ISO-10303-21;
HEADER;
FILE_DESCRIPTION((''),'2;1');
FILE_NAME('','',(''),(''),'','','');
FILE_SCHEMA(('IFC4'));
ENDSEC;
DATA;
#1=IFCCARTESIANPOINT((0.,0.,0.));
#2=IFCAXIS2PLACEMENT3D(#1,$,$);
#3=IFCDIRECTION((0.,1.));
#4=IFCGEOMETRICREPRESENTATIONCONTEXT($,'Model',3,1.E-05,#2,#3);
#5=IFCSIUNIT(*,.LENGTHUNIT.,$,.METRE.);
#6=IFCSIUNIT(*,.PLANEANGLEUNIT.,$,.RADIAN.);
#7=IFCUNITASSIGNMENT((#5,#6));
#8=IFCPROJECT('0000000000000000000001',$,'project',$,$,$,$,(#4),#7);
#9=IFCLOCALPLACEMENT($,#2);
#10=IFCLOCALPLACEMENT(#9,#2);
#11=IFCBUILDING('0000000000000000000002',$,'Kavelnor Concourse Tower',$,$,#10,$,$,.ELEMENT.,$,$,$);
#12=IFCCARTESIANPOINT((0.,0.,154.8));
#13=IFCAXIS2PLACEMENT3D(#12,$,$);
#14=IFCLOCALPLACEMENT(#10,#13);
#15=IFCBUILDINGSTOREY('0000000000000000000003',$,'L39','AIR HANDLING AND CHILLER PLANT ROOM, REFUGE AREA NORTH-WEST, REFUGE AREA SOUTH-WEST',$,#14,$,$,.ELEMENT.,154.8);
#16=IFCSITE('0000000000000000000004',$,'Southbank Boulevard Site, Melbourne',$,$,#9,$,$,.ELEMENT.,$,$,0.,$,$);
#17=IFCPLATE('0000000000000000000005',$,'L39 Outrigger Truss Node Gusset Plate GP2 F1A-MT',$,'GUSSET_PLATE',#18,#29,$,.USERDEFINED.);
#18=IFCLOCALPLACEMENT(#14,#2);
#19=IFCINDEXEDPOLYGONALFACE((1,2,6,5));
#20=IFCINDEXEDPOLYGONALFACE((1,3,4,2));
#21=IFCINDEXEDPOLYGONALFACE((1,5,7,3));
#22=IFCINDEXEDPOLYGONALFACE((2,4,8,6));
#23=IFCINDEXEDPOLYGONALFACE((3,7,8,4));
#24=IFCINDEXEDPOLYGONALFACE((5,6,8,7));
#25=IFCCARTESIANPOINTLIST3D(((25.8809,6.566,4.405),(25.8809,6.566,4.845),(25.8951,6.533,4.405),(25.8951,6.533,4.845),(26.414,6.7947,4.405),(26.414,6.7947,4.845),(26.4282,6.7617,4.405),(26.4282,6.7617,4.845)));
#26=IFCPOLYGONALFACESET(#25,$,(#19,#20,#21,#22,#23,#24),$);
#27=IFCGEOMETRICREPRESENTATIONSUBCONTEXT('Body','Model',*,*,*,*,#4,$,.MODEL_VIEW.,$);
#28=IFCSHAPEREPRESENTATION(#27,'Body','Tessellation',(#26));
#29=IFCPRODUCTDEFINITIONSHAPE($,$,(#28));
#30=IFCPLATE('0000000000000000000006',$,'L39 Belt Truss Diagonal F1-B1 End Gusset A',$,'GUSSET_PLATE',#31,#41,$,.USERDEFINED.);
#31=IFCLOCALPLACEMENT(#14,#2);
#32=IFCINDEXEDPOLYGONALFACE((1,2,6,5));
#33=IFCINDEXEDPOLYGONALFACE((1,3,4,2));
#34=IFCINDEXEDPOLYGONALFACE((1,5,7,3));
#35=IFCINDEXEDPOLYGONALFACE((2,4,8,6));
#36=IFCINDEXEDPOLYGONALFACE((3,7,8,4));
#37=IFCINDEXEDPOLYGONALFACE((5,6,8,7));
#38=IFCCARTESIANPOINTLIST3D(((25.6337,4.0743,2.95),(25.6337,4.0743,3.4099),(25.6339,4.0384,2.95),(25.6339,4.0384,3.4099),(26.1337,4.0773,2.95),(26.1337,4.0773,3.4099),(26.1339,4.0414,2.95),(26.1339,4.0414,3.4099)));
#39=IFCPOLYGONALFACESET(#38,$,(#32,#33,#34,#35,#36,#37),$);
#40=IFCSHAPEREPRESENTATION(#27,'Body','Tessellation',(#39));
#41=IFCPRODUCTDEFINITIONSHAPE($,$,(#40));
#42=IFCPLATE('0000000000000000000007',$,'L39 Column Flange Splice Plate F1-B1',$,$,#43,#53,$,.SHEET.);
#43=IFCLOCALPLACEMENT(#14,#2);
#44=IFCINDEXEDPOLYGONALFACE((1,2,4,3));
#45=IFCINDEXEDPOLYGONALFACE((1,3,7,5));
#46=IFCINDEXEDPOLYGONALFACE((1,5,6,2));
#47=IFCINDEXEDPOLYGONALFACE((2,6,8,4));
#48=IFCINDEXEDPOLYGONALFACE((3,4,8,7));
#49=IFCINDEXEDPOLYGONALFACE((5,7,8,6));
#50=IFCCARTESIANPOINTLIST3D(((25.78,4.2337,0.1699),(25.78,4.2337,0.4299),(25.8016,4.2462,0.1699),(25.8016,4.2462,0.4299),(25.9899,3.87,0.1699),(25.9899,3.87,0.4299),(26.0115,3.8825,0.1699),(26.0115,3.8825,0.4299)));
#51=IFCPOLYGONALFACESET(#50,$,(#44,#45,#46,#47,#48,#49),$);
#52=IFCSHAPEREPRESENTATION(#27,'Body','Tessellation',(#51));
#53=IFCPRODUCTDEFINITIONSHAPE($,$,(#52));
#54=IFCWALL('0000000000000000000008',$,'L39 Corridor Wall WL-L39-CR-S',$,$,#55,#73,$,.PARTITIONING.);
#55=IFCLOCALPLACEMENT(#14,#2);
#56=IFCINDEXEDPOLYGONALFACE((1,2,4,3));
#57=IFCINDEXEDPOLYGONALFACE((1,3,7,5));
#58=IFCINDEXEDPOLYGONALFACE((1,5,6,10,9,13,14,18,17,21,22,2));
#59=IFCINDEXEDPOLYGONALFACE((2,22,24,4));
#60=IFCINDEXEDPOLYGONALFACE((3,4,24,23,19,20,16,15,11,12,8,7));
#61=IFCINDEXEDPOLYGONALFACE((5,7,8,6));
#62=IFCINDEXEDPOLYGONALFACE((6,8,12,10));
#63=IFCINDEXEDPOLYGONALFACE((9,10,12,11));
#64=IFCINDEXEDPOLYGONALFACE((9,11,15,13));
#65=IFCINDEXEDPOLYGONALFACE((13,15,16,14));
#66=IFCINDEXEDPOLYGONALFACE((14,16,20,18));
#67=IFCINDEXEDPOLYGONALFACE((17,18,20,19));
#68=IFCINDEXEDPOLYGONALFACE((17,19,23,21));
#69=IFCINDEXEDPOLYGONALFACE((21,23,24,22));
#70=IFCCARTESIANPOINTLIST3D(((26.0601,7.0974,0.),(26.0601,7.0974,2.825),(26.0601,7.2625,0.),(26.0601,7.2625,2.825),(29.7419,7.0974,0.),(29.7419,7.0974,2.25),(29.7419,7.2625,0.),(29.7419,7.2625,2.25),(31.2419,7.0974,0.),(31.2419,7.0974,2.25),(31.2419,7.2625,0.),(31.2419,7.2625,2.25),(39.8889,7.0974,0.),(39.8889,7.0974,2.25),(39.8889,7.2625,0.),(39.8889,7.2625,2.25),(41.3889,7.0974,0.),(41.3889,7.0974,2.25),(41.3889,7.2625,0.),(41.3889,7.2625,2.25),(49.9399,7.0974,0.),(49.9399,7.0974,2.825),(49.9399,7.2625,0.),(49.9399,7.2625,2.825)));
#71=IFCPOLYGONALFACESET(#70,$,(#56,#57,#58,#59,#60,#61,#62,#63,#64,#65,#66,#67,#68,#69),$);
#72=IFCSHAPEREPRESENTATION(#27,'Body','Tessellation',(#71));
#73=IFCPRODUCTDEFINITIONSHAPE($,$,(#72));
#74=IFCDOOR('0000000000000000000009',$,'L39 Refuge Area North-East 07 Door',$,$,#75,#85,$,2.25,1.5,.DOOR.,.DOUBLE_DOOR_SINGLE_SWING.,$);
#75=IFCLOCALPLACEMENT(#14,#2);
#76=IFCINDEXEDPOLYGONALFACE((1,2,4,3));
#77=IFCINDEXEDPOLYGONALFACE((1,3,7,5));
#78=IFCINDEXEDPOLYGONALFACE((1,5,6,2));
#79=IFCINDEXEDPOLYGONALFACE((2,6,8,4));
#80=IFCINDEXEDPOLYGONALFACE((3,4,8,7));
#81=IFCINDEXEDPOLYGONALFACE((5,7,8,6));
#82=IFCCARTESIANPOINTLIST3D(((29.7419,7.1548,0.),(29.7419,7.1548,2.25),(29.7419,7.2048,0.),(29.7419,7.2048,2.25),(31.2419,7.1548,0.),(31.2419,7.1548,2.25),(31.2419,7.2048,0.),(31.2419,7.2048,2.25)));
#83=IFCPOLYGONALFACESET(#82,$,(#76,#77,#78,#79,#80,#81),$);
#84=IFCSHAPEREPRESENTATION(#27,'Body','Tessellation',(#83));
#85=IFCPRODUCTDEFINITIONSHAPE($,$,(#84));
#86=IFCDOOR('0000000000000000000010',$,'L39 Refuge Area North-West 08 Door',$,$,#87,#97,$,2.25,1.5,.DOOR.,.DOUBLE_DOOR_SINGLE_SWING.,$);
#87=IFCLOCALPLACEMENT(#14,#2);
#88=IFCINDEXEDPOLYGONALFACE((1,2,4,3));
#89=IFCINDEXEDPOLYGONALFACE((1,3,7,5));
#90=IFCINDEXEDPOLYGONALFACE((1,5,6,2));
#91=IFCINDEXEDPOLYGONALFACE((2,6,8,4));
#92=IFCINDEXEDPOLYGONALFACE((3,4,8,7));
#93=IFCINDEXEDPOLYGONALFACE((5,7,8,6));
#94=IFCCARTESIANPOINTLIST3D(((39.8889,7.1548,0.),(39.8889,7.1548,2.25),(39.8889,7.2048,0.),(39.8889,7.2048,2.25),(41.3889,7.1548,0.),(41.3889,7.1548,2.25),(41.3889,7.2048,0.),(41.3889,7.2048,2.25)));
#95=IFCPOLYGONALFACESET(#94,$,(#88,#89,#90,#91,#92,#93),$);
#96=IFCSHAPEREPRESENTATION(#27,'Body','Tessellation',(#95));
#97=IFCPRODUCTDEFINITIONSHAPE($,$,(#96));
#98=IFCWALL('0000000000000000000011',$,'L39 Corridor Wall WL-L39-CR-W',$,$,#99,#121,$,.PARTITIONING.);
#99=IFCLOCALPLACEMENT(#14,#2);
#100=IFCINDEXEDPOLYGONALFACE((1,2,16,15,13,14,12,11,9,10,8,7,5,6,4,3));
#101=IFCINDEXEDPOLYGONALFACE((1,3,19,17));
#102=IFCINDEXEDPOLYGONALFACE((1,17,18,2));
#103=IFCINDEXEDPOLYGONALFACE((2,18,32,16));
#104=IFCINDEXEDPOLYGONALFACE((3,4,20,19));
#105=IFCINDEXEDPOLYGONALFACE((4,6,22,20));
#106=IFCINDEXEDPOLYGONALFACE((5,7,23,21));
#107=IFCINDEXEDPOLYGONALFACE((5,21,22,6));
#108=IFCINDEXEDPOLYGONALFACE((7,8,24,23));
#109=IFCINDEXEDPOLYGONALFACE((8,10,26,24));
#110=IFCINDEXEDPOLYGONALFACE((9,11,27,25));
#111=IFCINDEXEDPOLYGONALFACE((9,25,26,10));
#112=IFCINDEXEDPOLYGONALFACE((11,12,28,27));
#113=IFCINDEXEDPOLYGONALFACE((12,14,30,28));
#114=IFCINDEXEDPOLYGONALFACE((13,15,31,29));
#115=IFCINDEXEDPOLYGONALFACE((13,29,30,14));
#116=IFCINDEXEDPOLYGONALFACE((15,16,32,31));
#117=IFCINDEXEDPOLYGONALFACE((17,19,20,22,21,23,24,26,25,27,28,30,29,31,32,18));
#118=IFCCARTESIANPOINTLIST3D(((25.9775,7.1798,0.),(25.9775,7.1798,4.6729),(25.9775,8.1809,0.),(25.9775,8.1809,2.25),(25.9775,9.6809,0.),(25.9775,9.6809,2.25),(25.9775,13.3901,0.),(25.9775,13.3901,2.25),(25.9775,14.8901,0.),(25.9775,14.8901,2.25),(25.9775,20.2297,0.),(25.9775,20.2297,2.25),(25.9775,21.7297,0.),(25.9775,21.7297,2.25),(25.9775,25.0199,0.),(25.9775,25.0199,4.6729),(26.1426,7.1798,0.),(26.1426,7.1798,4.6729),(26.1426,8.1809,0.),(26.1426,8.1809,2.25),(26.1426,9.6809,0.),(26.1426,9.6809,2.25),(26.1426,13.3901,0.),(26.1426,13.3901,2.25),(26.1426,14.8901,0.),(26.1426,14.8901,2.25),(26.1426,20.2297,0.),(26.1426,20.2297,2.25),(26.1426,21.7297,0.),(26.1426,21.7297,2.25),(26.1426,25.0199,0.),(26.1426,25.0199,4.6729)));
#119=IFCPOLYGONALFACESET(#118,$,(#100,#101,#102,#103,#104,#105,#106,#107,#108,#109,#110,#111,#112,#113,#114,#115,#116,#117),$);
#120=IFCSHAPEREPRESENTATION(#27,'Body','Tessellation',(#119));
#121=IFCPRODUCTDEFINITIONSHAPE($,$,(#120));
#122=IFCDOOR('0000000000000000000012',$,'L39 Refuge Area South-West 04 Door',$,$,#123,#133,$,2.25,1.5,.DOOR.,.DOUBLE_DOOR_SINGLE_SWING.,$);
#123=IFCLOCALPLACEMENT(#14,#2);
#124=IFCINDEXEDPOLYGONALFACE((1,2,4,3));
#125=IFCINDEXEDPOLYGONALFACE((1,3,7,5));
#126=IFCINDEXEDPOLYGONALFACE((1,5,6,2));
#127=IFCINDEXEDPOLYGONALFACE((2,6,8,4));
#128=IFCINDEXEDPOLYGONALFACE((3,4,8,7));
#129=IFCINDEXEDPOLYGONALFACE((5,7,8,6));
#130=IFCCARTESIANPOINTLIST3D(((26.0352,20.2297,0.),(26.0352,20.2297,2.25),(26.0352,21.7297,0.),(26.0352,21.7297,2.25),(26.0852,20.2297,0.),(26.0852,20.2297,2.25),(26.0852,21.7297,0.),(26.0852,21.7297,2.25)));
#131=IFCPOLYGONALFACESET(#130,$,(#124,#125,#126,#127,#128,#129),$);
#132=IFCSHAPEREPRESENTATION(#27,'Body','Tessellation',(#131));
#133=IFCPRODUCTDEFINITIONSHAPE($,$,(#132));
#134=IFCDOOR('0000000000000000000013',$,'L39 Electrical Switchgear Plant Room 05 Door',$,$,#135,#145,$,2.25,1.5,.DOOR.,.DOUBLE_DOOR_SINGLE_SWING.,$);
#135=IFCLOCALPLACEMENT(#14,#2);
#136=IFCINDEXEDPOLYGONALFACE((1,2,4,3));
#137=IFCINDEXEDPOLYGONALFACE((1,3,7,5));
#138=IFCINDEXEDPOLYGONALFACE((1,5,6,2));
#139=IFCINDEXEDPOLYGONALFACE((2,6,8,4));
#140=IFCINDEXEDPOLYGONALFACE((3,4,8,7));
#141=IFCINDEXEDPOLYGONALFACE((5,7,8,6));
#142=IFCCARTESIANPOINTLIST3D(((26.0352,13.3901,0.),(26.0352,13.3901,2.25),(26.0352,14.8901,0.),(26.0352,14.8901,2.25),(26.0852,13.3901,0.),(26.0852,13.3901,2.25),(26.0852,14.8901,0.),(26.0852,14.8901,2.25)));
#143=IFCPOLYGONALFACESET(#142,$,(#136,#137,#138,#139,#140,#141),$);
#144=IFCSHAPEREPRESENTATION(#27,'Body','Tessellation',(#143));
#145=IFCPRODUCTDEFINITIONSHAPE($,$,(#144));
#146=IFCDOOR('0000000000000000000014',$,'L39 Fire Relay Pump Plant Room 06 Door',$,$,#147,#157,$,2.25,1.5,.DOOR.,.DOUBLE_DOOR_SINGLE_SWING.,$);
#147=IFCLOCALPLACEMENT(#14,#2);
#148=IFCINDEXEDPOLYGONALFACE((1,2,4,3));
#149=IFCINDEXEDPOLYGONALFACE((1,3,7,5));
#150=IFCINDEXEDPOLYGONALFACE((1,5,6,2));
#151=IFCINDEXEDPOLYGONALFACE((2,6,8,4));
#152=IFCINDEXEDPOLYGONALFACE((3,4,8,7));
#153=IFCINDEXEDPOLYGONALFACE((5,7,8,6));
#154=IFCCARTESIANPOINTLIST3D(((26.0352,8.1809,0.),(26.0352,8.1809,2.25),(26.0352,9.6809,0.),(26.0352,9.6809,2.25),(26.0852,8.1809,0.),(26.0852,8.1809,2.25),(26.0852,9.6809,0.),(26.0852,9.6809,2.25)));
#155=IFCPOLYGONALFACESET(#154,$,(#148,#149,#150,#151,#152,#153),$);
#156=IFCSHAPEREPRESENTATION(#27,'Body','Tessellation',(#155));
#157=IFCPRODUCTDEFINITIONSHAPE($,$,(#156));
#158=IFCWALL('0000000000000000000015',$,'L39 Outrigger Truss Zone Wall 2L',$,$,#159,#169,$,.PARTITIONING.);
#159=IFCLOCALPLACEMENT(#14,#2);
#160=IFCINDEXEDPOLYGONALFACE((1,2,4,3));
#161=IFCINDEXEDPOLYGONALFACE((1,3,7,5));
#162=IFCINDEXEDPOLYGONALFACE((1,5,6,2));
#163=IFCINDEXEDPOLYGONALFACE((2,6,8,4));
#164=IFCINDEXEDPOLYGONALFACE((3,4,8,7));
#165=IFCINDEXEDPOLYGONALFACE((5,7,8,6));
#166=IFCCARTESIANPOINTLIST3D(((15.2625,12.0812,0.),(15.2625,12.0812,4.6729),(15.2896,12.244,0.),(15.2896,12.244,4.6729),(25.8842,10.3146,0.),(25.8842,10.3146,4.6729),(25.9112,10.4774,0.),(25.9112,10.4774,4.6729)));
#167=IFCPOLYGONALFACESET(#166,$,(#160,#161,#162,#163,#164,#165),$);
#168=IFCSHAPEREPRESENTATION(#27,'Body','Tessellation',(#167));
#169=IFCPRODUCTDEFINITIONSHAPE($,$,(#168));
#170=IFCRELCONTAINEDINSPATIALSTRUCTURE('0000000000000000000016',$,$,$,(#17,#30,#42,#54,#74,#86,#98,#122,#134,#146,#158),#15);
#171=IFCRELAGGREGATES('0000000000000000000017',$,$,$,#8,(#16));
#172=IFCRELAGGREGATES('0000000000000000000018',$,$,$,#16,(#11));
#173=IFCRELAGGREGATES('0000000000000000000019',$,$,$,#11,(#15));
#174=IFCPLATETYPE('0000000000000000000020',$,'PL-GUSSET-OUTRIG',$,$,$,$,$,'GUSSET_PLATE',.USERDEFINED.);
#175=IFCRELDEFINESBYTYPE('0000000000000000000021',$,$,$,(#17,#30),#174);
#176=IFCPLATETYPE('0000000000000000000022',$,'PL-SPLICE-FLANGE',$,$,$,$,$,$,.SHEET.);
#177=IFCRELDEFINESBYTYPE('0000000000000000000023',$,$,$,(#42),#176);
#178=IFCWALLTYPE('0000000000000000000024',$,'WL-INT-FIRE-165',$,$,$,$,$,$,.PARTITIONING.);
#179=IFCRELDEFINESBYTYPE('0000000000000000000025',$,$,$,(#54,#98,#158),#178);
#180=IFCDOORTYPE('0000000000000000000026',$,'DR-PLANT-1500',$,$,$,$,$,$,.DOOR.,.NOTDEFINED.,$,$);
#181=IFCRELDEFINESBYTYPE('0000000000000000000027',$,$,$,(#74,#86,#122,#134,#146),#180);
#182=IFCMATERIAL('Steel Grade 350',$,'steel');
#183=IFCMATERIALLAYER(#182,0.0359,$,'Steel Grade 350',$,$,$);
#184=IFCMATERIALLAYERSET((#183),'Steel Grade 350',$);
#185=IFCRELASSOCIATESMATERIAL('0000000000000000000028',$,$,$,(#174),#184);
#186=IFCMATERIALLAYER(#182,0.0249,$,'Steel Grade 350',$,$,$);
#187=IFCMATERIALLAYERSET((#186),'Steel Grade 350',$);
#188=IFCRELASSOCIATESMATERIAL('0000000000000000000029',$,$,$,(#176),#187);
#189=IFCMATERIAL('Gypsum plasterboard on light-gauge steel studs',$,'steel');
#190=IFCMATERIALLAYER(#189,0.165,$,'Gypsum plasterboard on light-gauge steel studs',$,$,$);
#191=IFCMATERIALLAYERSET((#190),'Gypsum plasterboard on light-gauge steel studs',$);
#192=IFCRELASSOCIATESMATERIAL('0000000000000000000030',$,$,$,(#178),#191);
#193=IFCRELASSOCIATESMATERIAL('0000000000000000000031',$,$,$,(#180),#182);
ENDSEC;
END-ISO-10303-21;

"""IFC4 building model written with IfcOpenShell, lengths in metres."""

from ifc_helpers import new_model, si_unit, direction, frame, frame_2d, origin, origin_2d, place, context, subcontext, project, spatial, rectangle, extrude, material, layer, layer_set, type_object, element, fill, save


model = new_model("IFC4")

# Units and contexts
model_context = context("Model", 3, precision=1e-05, world=origin(), true_north=direction((0.0, 1.0)))
body_context = subcontext(model_context, "Body", "Model", "MODEL_VIEW")
ifc_project = project(units=[si_unit("LENGTHUNIT", "METRE"), si_unit("PLANEANGLEUNIT", "RADIAN")], contexts=[model_context])

# Site, building, storey
site_placement = place(None, origin())
site = spatial("IfcSite", under=ifc_project, at=site_placement, Name="Southbank Boulevard Site, Melbourne", CompositionType="ELEMENT", RefElevation=0.0)
building_placement = place(site_placement, origin())
building = spatial("IfcBuilding", under=site, at=building_placement, Name="Kavelnor Concourse Tower", CompositionType="ELEMENT")
storey_placement = place(building_placement, frame((0.0, 0.0, 154.8)))
storey = spatial("IfcBuildingStorey", under=building, at=storey_placement, Name="L39", Description="AIR HANDLING AND CHILLER PLANT ROOM, REFUGE AREA NORTH-WEST, REFUGE AREA SOUTH-WEST", CompositionType="ELEMENT", Elevation=154.8)

# Shared definitions
ifc_material_1 = material(Name="Steel Grade 350", Category="steel")

# Plates
ifc_layer_1 = layer(ifc_material_1, 0.0359, Name="Steel Grade 350")
ifc_layer_set_1 = layer_set([ifc_layer_1], Name="Steel Grade 350")
plate_type_1 = type_object("IfcPlateType", Name="PL-GUSSET-OUTRIG", ElementType="GUSSET_PLATE", PredefinedType="USERDEFINED", material=ifc_layer_set_1)
for number, where, z_axis, x_axis, name in (
    (1, (26.1545, 6.6638, 4.405), (0.0, 0.0, 1.0), (-0.918998, -0.394263, 0.0), "L39 Outrigger Truss Node Gusset Plate GP2 F1A-MT"),
):
    element("IfcPlate", number, at=place(storey_placement, frame(where, z_axis=z_axis, x_axis=x_axis)), inside=storey, type_object=plate_type_1, Name=name, ObjectType="GUSSET_PLATE", PredefinedType="USERDEFINED", context=body_context, shape_type="SweptSolid", body=[
        extrude(rectangle(XDim=0.5801, YDim=0.0359, at=origin_2d()), origin(), (0.0, 0.0, 1.0), 0.4399),
    ])
plate_1_placement = place(storey_placement, frame((25.8838, 4.0579, 2.95), z_axis=(0.0, 0.0, 1.0), x_axis=(0.999981, 0.006109, 0.0)))
element("IfcPlate", 2, at=plate_1_placement, inside=storey, type_object=plate_type_1, Name="L39 Belt Truss Diagonal F1-B1 End Gusset A", ObjectType="GUSSET_PLATE", PredefinedType="USERDEFINED", context=body_context, shape_type="SweptSolid", body=[
    extrude(rectangle(XDim=0.5, YDim=0.0359, at=origin_2d()), origin(), (0.0, 0.0, 1.0), 0.46),
])
ifc_layer_2 = layer(ifc_material_1, 0.0249, Name="Steel Grade 350")
ifc_layer_set_2 = layer_set([ifc_layer_2], Name="Steel Grade 350")
plate_type_2 = type_object("IfcPlateType", Name="PL-SPLICE-FLANGE", PredefinedType="SHEET", material=ifc_layer_set_2)
plate_2_placement = place(storey_placement, frame((25.8958, 4.0581, 0.1699), z_axis=(0.0, 0.0, 1.0), x_axis=(-0.5, 0.866025, 0.0)))
element("IfcPlate", 3, at=plate_2_placement, inside=storey, type_object=plate_type_2, Name="L39 Column Flange Splice Plate F1-B1", PredefinedType="SHEET", context=body_context, shape_type="SweptSolid", body=[
    extrude(rectangle(XDim=0.4199, YDim=0.0249, at=origin_2d()), origin(), (0.0, 0.0, 1.0), 0.26),
])

# Walls, openings, doors
ifc_material_2 = material(Name="Gypsum plasterboard on light-gauge steel studs", Category="steel")
ifc_layer_3 = layer(ifc_material_2, 0.165, Name="Gypsum plasterboard on light-gauge steel studs")
ifc_layer_set_3 = layer_set([ifc_layer_3], Name="Gypsum plasterboard on light-gauge steel studs")
wall_type = type_object("IfcWallType", Name="WL-INT-FIRE-165", PredefinedType="PARTITIONING", material=ifc_layer_set_3)
wall_1_placement = place(storey_placement, frame((26.0601, 7.1799, 0.0), z_axis=(0.0, 0.0, 1.0), x_axis=(1.0, 0.0, 0.0)))
wall_1 = element("IfcWall", 4, at=wall_1_placement, inside=storey, type_object=wall_type, Name="L39 Corridor Wall WL-L39-CR-S", PredefinedType="PARTITIONING", context=body_context, shape_type="SweptSolid", body=[
    extrude(rectangle(XDim=23.8799, YDim=0.165, at=frame_2d((11.9399, 0.0))), origin(), (0.0, 0.0, 1.0), 2.825),
])
opening_1_placement = place(wall_1_placement, frame((3.6819, 0.0, 0.0)))
opening_1 = element("IfcOpeningElement", 5, at=opening_1_placement, cuts=wall_1, PredefinedType="OPENING", context=body_context, shape_type="SweptSolid", body=[
    extrude(rectangle(XDim=1.5, YDim=2.25, at=frame_2d((0.75, 1.125))), frame((0.0, 0.0925, 0.0), z_axis=(0.0, -1.0, 0.0), x_axis=(1.0, 0.0, 0.0)), (0.0, 0.0, 1.0), 0.1851),
])
opening_2_placement = place(wall_1_placement, frame((13.8289, 0.0, 0.0)))
opening_2 = element("IfcOpeningElement", 6, at=opening_2_placement, cuts=wall_1, PredefinedType="OPENING", context=body_context, shape_type="SweptSolid", body=[
    extrude(rectangle(XDim=1.5, YDim=2.25, at=frame_2d((0.75, 1.125))), frame((0.0, 0.0925, 0.0), z_axis=(0.0, -1.0, 0.0), x_axis=(1.0, 0.0, 0.0)), (0.0, 0.0, 1.0), 0.1851),
])
door_type = type_object("IfcDoorType", Name="DR-PLANT-1500", OperationType="NOTDEFINED", PredefinedType="DOOR", material=ifc_material_1)
door_1_placement = place(opening_1_placement, origin())
door_1 = element("IfcDoor", 7, at=door_1_placement, inside=storey, type_object=door_type, Name="L39 Refuge Area North-East 07 Door", OperationType="DOUBLE_DOOR_SINGLE_SWING", OverallHeight=2.25, OverallWidth=1.5, PredefinedType="DOOR", context=body_context, shape_type="SweptSolid", body=[
    extrude(rectangle(XDim=1.5, YDim=2.25, at=frame_2d((0.75, 1.125))), frame((0.0, 0.0249, 0.0), z_axis=(0.0, -1.0, 0.0), x_axis=(1.0, 0.0, 0.0)), (0.0, 0.0, 1.0), 0.05),
])
fill(opening_1, door_1)
door_2_placement = place(opening_2_placement, origin())
door_2 = element("IfcDoor", 8, at=door_2_placement, inside=storey, type_object=door_type, Name="L39 Refuge Area North-West 08 Door", OperationType="DOUBLE_DOOR_SINGLE_SWING", OverallHeight=2.25, OverallWidth=1.5, PredefinedType="DOOR", context=body_context, shape_type="SweptSolid", body=[
    extrude(rectangle(XDim=1.5, YDim=2.25, at=frame_2d((0.75, 1.125))), frame((0.0, 0.0249, 0.0), z_axis=(0.0, -1.0, 0.0), x_axis=(1.0, 0.0, 0.0)), (0.0, 0.0, 1.0), 0.05),
])
fill(opening_2, door_2)
wall_2_placement = place(storey_placement, frame((26.0601, 7.1799, 0.0), z_axis=(0.0, 0.0, 1.0), x_axis=(0.0, 1.0, 0.0)))
wall_2 = element("IfcWall", 9, at=wall_2_placement, inside=storey, type_object=wall_type, Name="L39 Corridor Wall WL-L39-CR-W", PredefinedType="PARTITIONING", context=body_context, shape_type="SweptSolid", body=[
    extrude(rectangle(XDim=17.8401, YDim=0.165, at=frame_2d((8.9199, 0.0))), origin(), (0.0, 0.0, 1.0), 4.6729),
])
opening_3_placement = place(wall_2_placement, frame((13.0498, 0.0, 0.0)))
opening_3 = element("IfcOpeningElement", 10, at=opening_3_placement, cuts=wall_2, PredefinedType="OPENING", context=body_context, shape_type="SweptSolid", body=[
    extrude(rectangle(XDim=1.5, YDim=2.25, at=frame_2d((0.75, 1.125))), frame((0.0, 0.0925, 0.0), z_axis=(0.0, -1.0, 0.0), x_axis=(1.0, 0.0, 0.0)), (0.0, 0.0, 1.0), 0.1851),
])
opening_4_placement = place(wall_2_placement, frame((6.2102, 0.0, 0.0)))
opening_4 = element("IfcOpeningElement", 11, at=opening_4_placement, cuts=wall_2, PredefinedType="OPENING", context=body_context, shape_type="SweptSolid", body=[
    extrude(rectangle(XDim=1.5, YDim=2.25, at=frame_2d((0.75, 1.125))), frame((0.0, 0.0925, 0.0), z_axis=(0.0, -1.0, 0.0), x_axis=(1.0, 0.0, 0.0)), (0.0, 0.0, 1.0), 0.1851),
])
opening_5_placement = place(wall_2_placement, frame((1.001, 0.0, 0.0)))
opening_5 = element("IfcOpeningElement", 12, at=opening_5_placement, cuts=wall_2, PredefinedType="OPENING", context=body_context, shape_type="SweptSolid", body=[
    extrude(rectangle(XDim=1.5, YDim=2.25, at=frame_2d((0.75, 1.125))), frame((0.0, 0.0925, 0.0), z_axis=(0.0, -1.0, 0.0), x_axis=(1.0, 0.0, 0.0)), (0.0, 0.0, 1.0), 0.1851),
])
door_3_placement = place(opening_3_placement, origin())
door_3 = element("IfcDoor", 13, at=door_3_placement, inside=storey, type_object=door_type, Name="L39 Refuge Area South-West 04 Door", OperationType="DOUBLE_DOOR_SINGLE_SWING", OverallHeight=2.25, OverallWidth=1.5, PredefinedType="DOOR", context=body_context, shape_type="SweptSolid", body=[
    extrude(rectangle(XDim=1.5, YDim=2.25, at=frame_2d((0.75, 1.125))), frame((0.0, 0.0249, 0.0), z_axis=(0.0, -1.0, 0.0), x_axis=(1.0, 0.0, 0.0)), (0.0, 0.0, 1.0), 0.05),
])
fill(opening_3, door_3)
door_4_placement = place(opening_4_placement, origin())
door_4 = element("IfcDoor", 14, at=door_4_placement, inside=storey, type_object=door_type, Name="L39 Electrical Switchgear Plant Room 05 Door", OperationType="DOUBLE_DOOR_SINGLE_SWING", OverallHeight=2.25, OverallWidth=1.5, PredefinedType="DOOR", context=body_context, shape_type="SweptSolid", body=[
    extrude(rectangle(XDim=1.5, YDim=2.25, at=frame_2d((0.75, 1.125))), frame((0.0, 0.0249, 0.0), z_axis=(0.0, -1.0, 0.0), x_axis=(1.0, 0.0, 0.0)), (0.0, 0.0, 1.0), 0.05),
])
fill(opening_4, door_4)
door_5_placement = place(opening_5_placement, origin())
door_5 = element("IfcDoor", 15, at=door_5_placement, inside=storey, type_object=door_type, Name="L39 Fire Relay Pump Plant Room 06 Door", OperationType="DOUBLE_DOOR_SINGLE_SWING", OverallHeight=2.25, OverallWidth=1.5, PredefinedType="DOOR", context=body_context, shape_type="SweptSolid", body=[
    extrude(rectangle(XDim=1.5, YDim=2.25, at=frame_2d((0.75, 1.125))), frame((0.0, 0.0249, 0.0), z_axis=(0.0, -1.0, 0.0), x_axis=(1.0, 0.0, 0.0)), (0.0, 0.0, 1.0), 0.05),
])
fill(opening_5, door_5)

# Wall
wall_3_placement = place(storey_placement, frame((25.8977, 10.396, 0.0), z_axis=(0.0, 0.0, 1.0), x_axis=(-0.986449, 0.164068, 0.0)))
element("IfcWall", 16, at=wall_3_placement, inside=storey, type_object=wall_type, Name="L39 Outrigger Truss Zone Wall 2L", PredefinedType="PARTITIONING", context=body_context, shape_type="SweptSolid", body=[
    extrude(rectangle(XDim=10.7676, YDim=0.165, at=frame_2d((5.3838, 0.0))), origin(), (0.0, 0.0, 1.0), 4.6729),
])

save(model, "model.ifc")
